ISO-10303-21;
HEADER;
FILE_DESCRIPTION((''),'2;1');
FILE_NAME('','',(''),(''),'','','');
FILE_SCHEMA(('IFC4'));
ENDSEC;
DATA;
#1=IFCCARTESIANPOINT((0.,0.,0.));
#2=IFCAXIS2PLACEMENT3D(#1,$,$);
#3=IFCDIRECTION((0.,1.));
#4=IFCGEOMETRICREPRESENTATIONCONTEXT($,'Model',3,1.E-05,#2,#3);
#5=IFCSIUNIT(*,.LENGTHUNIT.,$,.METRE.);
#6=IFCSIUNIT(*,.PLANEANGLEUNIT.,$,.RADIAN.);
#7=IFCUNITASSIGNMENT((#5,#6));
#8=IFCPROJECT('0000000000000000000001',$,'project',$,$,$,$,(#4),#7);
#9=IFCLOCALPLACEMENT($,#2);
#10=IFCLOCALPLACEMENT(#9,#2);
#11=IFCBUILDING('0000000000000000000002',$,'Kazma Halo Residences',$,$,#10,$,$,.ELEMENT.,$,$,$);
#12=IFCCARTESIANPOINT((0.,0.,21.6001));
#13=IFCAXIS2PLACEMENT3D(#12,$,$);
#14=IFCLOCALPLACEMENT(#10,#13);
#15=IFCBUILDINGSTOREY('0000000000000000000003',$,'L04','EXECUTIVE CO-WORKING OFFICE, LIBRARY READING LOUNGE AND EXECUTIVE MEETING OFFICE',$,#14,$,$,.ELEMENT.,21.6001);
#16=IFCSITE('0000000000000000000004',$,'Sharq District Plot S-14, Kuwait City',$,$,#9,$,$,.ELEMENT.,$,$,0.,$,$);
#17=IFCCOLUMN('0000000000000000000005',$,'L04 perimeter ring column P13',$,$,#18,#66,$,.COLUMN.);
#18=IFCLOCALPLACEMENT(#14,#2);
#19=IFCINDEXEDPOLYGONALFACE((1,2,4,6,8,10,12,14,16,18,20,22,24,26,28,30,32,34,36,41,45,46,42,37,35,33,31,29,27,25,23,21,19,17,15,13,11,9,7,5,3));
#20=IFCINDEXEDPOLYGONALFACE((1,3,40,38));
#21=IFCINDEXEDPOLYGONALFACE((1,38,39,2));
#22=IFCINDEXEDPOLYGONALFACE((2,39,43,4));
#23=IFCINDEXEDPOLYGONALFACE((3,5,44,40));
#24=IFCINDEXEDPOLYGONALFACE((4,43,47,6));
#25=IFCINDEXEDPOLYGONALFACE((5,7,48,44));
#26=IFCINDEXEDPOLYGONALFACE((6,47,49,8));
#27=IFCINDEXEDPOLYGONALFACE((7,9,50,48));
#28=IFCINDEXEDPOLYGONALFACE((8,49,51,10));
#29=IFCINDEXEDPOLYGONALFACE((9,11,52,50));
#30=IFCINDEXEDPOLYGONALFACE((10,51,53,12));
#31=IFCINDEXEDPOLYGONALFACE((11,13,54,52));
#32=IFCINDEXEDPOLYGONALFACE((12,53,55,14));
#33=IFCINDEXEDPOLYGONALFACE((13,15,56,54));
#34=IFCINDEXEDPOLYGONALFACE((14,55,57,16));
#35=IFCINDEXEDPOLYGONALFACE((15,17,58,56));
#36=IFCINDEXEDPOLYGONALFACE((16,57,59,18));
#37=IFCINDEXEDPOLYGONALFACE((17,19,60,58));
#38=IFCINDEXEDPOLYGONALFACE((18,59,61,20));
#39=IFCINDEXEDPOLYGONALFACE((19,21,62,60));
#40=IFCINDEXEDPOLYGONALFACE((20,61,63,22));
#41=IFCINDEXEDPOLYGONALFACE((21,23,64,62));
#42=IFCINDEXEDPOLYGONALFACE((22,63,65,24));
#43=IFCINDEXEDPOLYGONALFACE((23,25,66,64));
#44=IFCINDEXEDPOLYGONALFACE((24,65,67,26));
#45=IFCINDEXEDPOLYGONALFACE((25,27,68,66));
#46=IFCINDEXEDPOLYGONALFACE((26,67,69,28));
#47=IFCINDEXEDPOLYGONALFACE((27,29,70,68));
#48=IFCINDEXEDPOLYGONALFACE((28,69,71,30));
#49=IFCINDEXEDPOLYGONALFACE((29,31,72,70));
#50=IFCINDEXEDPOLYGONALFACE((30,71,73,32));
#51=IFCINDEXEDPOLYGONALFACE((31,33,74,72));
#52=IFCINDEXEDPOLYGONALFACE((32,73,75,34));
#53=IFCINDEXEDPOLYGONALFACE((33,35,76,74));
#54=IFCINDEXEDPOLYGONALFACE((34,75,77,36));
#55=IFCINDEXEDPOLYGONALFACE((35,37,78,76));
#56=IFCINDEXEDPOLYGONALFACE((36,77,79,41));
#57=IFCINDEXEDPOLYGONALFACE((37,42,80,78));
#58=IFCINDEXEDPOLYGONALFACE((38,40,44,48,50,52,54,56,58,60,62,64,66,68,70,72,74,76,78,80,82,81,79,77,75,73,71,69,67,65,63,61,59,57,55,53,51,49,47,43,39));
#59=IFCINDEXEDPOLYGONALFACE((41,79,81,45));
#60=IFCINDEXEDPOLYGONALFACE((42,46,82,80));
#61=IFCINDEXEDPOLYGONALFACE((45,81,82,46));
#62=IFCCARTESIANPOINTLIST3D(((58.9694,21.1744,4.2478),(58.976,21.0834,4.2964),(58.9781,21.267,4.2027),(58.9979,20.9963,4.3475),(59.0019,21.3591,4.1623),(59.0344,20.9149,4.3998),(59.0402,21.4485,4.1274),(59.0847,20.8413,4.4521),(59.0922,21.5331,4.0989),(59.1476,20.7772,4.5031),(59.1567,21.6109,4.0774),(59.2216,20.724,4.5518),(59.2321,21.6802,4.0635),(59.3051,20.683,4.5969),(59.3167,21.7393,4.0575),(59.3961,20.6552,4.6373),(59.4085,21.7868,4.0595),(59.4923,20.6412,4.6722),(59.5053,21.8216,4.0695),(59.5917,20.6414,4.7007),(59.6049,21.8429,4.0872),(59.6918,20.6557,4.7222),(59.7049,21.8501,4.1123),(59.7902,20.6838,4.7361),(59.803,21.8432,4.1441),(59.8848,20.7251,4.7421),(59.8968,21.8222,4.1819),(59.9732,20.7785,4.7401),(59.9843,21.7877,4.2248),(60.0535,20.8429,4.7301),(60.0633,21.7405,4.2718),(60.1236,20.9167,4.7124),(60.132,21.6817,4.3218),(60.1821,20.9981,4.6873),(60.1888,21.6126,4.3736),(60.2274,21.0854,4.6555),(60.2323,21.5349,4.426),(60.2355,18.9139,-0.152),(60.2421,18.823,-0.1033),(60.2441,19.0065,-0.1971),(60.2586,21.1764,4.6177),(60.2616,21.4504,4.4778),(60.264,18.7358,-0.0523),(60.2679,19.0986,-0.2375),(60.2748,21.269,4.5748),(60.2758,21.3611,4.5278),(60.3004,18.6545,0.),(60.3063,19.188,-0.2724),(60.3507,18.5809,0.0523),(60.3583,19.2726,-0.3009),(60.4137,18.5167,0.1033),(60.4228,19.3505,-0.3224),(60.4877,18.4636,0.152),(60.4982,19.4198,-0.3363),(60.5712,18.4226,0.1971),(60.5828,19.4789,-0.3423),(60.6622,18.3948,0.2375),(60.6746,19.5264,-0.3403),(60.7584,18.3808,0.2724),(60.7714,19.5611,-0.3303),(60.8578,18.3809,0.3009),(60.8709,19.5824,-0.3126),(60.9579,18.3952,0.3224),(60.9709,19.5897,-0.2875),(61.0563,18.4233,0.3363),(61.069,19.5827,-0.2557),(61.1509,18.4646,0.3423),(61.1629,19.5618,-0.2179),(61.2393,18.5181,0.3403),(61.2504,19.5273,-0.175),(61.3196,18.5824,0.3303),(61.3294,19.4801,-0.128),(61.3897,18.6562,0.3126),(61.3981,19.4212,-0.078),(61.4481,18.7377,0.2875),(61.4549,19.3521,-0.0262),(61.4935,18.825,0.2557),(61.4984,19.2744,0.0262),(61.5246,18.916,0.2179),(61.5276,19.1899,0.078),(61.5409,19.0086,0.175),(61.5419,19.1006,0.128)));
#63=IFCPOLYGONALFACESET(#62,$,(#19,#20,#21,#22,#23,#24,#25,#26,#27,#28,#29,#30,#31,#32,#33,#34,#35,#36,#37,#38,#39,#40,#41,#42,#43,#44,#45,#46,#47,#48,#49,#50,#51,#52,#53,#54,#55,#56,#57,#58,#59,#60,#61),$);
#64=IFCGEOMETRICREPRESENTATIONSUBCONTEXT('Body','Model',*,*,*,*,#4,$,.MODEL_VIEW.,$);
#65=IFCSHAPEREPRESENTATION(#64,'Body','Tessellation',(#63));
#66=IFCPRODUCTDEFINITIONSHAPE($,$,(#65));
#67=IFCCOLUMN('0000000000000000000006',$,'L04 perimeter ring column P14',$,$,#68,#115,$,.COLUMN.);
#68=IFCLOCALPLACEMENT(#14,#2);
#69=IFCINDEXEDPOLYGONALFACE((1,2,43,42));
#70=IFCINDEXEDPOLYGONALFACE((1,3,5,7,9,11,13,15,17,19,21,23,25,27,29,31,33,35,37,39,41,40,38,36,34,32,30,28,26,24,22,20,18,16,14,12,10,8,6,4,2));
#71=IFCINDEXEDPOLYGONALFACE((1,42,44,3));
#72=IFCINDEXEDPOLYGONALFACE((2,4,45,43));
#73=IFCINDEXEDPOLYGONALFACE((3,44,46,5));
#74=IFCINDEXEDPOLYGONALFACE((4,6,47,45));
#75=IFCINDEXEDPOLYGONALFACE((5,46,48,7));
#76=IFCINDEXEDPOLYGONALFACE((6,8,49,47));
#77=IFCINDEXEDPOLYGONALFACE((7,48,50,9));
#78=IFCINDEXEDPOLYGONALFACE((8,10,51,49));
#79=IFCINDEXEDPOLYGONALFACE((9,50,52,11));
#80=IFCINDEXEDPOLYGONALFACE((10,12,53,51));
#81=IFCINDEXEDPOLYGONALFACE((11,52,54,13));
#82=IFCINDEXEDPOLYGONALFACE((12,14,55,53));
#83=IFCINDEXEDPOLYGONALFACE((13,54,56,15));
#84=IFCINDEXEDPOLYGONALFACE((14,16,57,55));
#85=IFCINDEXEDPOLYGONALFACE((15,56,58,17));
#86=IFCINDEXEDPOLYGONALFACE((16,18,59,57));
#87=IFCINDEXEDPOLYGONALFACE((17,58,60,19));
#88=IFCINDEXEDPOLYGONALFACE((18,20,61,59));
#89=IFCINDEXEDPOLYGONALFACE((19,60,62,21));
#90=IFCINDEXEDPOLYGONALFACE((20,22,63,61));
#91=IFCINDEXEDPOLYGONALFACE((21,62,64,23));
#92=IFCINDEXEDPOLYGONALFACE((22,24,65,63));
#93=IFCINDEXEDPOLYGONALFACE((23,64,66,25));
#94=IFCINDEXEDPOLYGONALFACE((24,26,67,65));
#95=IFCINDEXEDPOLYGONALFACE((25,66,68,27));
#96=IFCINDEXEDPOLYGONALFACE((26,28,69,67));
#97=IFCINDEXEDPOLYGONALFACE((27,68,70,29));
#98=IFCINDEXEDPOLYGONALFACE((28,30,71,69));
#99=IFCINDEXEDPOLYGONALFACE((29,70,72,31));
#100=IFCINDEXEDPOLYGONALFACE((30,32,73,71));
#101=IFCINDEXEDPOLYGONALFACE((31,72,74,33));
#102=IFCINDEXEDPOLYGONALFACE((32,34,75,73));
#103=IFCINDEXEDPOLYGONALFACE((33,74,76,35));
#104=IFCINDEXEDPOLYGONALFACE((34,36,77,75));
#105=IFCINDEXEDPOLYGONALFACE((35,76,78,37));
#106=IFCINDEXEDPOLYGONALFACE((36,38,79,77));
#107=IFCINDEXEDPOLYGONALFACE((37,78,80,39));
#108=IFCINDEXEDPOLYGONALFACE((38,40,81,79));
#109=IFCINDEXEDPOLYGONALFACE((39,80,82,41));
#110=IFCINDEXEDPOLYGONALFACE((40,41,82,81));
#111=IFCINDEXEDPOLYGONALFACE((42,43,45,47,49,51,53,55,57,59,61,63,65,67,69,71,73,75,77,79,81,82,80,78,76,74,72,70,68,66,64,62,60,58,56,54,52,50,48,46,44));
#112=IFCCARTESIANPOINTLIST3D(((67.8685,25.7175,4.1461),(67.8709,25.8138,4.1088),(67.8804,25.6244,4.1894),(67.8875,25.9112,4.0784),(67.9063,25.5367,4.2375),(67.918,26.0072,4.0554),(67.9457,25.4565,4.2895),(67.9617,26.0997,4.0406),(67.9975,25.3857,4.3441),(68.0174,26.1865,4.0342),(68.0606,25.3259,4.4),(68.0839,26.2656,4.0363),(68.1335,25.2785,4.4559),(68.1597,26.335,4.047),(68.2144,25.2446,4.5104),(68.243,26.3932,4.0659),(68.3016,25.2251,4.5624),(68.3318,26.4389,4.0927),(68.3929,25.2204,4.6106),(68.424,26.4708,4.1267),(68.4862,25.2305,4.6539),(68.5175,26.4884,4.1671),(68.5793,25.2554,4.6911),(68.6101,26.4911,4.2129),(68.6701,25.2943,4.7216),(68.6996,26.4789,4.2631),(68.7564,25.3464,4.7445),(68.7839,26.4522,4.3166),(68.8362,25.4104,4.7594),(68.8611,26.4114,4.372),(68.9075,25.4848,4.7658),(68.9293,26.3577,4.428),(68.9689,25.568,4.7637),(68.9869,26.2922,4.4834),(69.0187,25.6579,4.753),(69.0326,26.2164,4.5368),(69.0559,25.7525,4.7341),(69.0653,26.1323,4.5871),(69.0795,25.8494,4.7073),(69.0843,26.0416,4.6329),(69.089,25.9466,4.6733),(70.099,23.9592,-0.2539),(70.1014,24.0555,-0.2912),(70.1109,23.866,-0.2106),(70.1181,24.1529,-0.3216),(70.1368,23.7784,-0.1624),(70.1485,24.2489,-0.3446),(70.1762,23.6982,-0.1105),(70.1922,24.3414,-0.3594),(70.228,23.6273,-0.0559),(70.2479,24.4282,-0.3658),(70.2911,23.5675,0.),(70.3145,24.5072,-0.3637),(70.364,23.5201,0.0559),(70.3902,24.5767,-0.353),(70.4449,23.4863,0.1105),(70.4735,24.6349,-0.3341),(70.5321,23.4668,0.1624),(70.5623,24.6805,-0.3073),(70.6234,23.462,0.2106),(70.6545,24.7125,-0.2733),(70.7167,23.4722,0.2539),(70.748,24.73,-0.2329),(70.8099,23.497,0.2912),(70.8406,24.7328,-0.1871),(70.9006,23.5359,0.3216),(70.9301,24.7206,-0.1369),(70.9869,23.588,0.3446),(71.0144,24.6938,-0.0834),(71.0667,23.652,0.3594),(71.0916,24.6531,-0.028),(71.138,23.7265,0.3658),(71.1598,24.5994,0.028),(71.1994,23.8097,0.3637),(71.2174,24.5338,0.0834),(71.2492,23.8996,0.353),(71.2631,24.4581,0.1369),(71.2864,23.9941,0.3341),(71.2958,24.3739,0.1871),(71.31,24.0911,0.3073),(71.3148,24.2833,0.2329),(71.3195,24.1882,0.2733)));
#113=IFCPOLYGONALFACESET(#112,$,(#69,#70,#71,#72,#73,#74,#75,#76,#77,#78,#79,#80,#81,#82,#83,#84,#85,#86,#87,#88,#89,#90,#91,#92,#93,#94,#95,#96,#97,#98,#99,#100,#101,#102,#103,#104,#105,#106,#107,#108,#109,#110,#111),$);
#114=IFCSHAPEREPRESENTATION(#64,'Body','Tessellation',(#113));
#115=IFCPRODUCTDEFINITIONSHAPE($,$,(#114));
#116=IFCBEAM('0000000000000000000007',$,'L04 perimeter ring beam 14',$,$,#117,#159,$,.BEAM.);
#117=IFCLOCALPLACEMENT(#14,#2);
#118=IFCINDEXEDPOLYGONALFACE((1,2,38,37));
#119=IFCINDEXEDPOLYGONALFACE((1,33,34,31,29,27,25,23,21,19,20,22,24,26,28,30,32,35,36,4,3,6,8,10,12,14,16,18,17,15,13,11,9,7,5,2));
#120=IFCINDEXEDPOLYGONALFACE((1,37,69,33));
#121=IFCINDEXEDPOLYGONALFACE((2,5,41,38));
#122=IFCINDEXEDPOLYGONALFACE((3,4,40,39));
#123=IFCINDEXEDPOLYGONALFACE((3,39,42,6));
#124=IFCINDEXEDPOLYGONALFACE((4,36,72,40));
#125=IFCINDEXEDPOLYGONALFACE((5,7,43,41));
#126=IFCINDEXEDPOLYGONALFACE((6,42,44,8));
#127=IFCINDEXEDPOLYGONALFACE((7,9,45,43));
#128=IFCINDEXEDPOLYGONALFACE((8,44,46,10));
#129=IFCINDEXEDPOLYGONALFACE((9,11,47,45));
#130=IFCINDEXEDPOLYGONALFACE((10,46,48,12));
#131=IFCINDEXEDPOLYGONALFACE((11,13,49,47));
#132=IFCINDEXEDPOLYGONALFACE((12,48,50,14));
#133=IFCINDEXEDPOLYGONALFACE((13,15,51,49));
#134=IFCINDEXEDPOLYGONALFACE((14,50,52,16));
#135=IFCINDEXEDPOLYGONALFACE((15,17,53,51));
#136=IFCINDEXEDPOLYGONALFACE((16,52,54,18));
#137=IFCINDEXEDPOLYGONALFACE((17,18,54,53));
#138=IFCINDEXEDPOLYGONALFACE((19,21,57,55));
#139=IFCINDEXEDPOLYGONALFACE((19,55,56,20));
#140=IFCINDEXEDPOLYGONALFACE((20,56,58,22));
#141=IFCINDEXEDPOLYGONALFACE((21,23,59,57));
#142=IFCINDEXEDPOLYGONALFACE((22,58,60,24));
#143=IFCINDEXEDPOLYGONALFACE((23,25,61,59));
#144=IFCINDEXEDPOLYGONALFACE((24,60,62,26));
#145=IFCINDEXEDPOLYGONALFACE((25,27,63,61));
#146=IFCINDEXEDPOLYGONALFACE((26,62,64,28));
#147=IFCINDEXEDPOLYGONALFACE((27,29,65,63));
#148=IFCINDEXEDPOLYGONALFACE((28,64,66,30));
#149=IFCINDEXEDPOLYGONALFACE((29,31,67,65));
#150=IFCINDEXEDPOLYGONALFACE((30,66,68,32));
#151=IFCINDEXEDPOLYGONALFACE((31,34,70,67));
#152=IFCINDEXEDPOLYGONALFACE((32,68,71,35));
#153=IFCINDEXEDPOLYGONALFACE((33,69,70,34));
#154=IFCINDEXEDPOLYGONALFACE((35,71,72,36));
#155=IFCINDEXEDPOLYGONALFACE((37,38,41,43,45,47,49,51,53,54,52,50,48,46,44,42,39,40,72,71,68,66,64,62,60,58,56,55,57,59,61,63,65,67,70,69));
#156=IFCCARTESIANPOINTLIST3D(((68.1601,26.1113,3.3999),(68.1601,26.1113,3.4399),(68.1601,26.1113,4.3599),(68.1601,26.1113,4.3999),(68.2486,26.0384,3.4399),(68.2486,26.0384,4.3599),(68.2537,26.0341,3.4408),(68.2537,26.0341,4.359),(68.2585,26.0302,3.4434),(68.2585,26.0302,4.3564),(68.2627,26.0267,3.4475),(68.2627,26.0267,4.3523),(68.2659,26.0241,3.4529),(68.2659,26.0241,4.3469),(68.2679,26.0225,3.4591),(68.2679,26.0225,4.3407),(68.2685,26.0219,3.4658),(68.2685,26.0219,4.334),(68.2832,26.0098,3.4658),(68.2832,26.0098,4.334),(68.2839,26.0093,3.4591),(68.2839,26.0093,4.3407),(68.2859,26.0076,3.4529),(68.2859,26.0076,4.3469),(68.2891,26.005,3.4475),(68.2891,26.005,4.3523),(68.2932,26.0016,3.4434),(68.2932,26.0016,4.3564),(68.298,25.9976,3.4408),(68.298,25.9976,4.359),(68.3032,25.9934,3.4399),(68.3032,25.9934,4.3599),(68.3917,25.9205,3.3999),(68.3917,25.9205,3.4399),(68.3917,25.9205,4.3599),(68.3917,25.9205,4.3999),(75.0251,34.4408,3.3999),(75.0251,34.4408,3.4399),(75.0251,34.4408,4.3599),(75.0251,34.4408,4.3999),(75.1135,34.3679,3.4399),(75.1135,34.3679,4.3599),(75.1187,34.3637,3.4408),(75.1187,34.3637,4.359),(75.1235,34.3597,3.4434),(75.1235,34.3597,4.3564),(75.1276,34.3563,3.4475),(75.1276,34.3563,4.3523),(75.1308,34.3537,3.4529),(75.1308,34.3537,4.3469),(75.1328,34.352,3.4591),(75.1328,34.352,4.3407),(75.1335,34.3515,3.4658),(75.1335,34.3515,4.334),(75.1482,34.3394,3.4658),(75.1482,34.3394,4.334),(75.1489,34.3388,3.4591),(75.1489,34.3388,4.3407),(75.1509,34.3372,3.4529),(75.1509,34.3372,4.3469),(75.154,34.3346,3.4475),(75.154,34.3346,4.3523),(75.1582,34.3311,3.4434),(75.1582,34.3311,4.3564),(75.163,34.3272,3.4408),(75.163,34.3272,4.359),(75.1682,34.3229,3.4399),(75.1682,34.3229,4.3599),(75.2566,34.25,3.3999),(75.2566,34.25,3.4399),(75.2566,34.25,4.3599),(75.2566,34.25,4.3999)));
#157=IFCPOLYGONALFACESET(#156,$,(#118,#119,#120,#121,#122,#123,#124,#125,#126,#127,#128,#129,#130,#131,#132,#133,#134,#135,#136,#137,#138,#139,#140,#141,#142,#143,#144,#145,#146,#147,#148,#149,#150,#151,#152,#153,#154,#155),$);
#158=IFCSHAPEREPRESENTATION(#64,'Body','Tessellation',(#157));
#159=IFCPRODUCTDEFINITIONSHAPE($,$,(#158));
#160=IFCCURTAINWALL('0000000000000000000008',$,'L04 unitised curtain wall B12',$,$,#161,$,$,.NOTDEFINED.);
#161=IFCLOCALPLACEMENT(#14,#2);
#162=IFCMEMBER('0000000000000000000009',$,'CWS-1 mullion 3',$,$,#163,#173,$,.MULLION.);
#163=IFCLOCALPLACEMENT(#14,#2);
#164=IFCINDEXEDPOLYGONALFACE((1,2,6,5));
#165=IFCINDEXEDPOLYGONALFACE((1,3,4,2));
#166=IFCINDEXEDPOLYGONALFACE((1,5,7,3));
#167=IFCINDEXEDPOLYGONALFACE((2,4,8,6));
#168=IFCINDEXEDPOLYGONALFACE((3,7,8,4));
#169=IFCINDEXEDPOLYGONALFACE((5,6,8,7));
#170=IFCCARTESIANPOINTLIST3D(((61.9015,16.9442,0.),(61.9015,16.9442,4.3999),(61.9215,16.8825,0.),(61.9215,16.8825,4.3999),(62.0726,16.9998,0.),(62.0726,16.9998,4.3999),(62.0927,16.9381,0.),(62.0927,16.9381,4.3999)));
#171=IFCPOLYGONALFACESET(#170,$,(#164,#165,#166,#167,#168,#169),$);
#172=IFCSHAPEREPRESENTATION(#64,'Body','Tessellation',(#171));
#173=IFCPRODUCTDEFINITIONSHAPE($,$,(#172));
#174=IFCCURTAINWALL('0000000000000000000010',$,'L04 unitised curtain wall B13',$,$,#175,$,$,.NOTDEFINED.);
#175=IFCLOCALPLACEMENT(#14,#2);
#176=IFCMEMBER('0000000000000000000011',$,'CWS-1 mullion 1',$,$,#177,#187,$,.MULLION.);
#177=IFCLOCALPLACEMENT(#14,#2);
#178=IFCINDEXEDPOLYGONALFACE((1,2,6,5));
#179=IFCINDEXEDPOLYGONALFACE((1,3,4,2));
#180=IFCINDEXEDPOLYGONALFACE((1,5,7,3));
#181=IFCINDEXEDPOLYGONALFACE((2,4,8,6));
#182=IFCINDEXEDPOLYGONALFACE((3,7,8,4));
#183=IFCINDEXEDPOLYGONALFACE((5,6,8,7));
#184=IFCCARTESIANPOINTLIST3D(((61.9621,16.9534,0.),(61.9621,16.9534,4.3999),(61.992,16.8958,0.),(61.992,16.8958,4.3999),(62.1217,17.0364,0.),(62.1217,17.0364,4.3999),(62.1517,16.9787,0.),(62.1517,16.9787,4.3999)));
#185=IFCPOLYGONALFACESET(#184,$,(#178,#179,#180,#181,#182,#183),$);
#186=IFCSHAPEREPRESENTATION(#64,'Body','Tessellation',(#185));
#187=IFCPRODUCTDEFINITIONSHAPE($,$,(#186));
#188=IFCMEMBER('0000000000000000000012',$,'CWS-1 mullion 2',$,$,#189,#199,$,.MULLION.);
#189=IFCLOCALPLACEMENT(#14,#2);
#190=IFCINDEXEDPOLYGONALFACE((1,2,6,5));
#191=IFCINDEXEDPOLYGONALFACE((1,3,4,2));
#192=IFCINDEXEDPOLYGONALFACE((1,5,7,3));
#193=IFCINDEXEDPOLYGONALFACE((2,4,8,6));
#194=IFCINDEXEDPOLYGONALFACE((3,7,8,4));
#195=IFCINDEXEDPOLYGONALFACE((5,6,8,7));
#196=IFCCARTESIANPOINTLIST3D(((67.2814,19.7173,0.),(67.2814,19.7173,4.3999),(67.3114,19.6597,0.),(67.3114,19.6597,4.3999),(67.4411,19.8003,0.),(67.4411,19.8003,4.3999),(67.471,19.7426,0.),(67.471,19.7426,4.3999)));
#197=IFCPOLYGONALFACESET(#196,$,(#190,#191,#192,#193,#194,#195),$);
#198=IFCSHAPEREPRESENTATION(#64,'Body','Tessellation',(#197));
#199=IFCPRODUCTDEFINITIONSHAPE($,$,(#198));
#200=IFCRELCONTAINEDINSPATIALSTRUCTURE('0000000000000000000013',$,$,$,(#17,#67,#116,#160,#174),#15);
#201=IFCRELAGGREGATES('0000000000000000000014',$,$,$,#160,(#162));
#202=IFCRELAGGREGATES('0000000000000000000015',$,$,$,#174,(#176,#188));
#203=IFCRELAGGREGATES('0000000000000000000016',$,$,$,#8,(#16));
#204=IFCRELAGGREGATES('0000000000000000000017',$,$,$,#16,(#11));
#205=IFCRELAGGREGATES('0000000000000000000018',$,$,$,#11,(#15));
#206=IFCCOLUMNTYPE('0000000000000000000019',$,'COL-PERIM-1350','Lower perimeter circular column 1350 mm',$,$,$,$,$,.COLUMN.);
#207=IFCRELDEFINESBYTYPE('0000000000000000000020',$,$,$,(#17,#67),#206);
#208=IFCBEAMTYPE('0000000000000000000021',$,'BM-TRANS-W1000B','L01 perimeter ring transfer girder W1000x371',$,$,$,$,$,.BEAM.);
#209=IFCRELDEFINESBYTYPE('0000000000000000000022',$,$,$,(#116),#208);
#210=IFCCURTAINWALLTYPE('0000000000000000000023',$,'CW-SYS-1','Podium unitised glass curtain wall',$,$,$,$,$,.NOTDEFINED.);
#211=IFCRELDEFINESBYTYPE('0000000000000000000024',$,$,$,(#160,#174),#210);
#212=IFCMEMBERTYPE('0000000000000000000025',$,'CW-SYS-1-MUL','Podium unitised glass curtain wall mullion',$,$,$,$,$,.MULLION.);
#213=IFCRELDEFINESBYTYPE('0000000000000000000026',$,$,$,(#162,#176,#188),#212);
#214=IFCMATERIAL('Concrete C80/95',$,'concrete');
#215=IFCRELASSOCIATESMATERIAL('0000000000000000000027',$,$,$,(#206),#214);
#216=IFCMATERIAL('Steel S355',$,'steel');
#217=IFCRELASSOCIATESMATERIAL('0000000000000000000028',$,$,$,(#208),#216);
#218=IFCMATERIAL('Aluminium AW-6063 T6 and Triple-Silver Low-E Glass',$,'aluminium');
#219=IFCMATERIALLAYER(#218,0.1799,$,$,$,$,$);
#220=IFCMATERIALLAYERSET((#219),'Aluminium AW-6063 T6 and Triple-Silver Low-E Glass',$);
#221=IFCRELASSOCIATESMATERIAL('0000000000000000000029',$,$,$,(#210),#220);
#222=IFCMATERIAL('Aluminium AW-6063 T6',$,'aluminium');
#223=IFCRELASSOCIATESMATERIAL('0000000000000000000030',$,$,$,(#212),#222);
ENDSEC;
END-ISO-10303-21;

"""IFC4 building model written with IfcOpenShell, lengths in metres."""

from ifc_helpers import new_model, si_unit, direction, frame, origin, origin_2d, place, context, subcontext, project, spatial, rectangle, circle, i_section, extrude, material, layer, layer_set, material_profile, profile_set, type_object, element, aggregate, save


model = new_model("IFC4")

# Units and contexts
model_context = context("Model", 3, precision=1e-05, world=origin(), true_north=direction((0.0, 1.0)))
body_context = subcontext(model_context, "Body", "Model", "MODEL_VIEW")
ifc_project = project(units=[si_unit("LENGTHUNIT", "METRE"), si_unit("PLANEANGLEUNIT", "RADIAN")], contexts=[model_context])

# Site, building, storey
site_placement = place(None, origin())
site = spatial("IfcSite", under=ifc_project, at=site_placement, Name="Sharq District Plot S-14, Kuwait City", CompositionType="ELEMENT", RefElevation=0.0)
building_placement = place(site_placement, origin())
building = spatial("IfcBuilding", under=site, at=building_placement, Name="Kazma Halo Residences", CompositionType="ELEMENT")
storey_placement = place(building_placement, frame((0.0, 0.0, 21.6001)))
storey = spatial("IfcBuildingStorey", under=building, at=storey_placement, Name="L04", Description="EXECUTIVE CO-WORKING OFFICE, LIBRARY READING LOUNGE AND EXECUTIVE MEETING OFFICE", CompositionType="ELEMENT", Elevation=21.6001)

# Columns
ifc_material_1 = material(Name="Concrete C80/95", Category="concrete")
ifc_material_profile_1 = material_profile(ifc_material_1, circle(Radius=0.675, at=origin_2d()), Name="CIRC1350")
ifc_profile_set_1 = profile_set([ifc_material_profile_1], Name="Concrete C80/95")
column_type = type_object("IfcColumnType", Name="COL-PERIM-1350", Description="Lower perimeter circular column 1350 mm", PredefinedType="COLUMN", material=ifc_profile_set_1)
column_1_placement = place(storey_placement, frame((60.8894, 18.9844, 0.0), z_axis=(-0.247962, 0.442707, 0.861699), x_axis=(-0.872467, -0.488672, 0.0)))
element("IfcColumn", 1, at=column_1_placement, inside=storey, type_object=column_type, Name="L04 perimeter ring column P13", PredefinedType="COLUMN", context=body_context, shape_type="SweptSolid", body=[
    extrude(circle(Radius=0.675, at=origin_2d()), origin(), (0.0, 0.0, 1.0), 5.106),
])
column_2_placement = place(storey_placement, frame((70.709, 24.0977, 0.0), z_axis=(-0.425909, 0.335748, 0.840163), x_axis=(-0.619081, -0.785327, 0.0)))
element("IfcColumn", 2, at=column_2_placement, inside=storey, type_object=column_type, Name="L04 perimeter ring column P14", PredefinedType="COLUMN", context=body_context, shape_type="SweptSolid", body=[
    extrude(circle(Radius=0.675, at=origin_2d()), origin(), (0.0, 0.0, 1.0), 5.2371),
])

# Beam
ifc_material_2 = material(Name="Steel S355", Category="steel")
ifc_material_profile_2 = material_profile(ifc_material_2, i_section(OverallWidth=0.3, OverallDepth=1.0, WebThickness=0.019, FlangeThickness=0.04, FilletRadius=0.0259, at=origin_2d()), Name="W1000x371")
ifc_profile_set_2 = profile_set([ifc_material_profile_2], Name="Steel S355")
beam_type = type_object("IfcBeamType", Name="BM-TRANS-W1000B", Description="L01 perimeter ring transfer girder W1000x371", PredefinedType="BEAM", material=ifc_profile_set_2)
beam_placement = place(storey_placement, frame((68.2759, 26.0159, 3.8999), z_axis=(0.636001, 0.771688, 0.0), x_axis=(-0.771688, 0.636001, 0.0)))
element("IfcBeam", 3, at=beam_placement, inside=storey, type_object=beam_type, Name="L04 perimeter ring beam 14", PredefinedType="BEAM", context=body_context, shape_type="SweptSolid", body=[
    extrude(i_section(OverallWidth=0.3, OverallDepth=1.0, WebThickness=0.019, FlangeThickness=0.04, FilletRadius=0.0259, at=origin_2d()), origin(), (0.0, 0.0, 1.0), 10.7939),
])

# Curtain wall, member
ifc_material_3 = material(Name="Aluminium AW-6063 T6 and Triple-Silver Low-E Glass", Category="aluminium")
ifc_layer_1 = layer(ifc_material_3, 0.1799)
ifc_layer_set_1 = layer_set([ifc_layer_1], Name="Aluminium AW-6063 T6 and Triple-Silver Low-E Glass")
curtain_wall_type = type_object("IfcCurtainWallType", Name="CW-SYS-1", Description="Podium unitised glass curtain wall", PredefinedType="NOTDEFINED", material=ifc_layer_set_1)
curtain_wall_1_placement = place(storey_placement, origin())
curtain_wall_1 = element("IfcCurtainWall", 4, at=curtain_wall_1_placement, inside=storey, type_object=curtain_wall_type, Name="L04 unitised curtain wall B12", PredefinedType="NOTDEFINED")
ifc_material_4 = material(Name="Aluminium AW-6063 T6", Category="aluminium")
ifc_material_profile_3 = material_profile(ifc_material_4, rectangle(XDim=0.0649, YDim=0.1799, at=origin_2d()), Name="CWM-65x180")
ifc_profile_set_3 = profile_set([ifc_material_profile_3], Name="Aluminium AW-6063 T6")
member_type_1 = type_object("IfcMemberType", Name="CW-SYS-1-MUL", Description="Podium unitised glass curtain wall mullion", PredefinedType="MULLION", material=ifc_profile_set_3)
member_1_placement = place(storey_placement, frame((61.9971, 16.9412, 0.0), z_axis=(0.0, 0.0, 1.0), x_axis=(-0.309017, 0.951056, 0.0)))
member_1 = element("IfcMember", 5, at=member_1_placement, type_object=member_type_1, Name="CWS-1 mullion 3", PredefinedType="MULLION", context=body_context, shape_type="SweptSolid", body=[
    extrude(rectangle(XDim=0.0649, YDim=0.1799, at=origin_2d()), origin(), (0.0, 0.0, 1.0), 4.3999),
])
aggregate(curtain_wall_1, [member_1])

# Curtain wall, members
curtain_wall_2_placement = place(storey_placement, origin())
curtain_wall_2 = element("IfcCurtainWall", 6, at=curtain_wall_2_placement, inside=storey, type_object=curtain_wall_type, Name="L04 unitised curtain wall B13", PredefinedType="NOTDEFINED")
member_2_placement = place(storey_placement, frame((62.0569, 16.9661, 0.0), z_axis=(0.0, 0.0, 1.0), x_axis=(-0.461087, 0.887355, 0.0)))
member_2 = element("IfcMember", 7, at=member_2_placement, type_object=member_type_1, Name="CWS-1 mullion 1", PredefinedType="MULLION", context=body_context, shape_type="SweptSolid", body=[
    extrude(rectangle(XDim=0.0649, YDim=0.1799, at=origin_2d()), origin(), (0.0, 0.0, 1.0), 4.3999),
])
member_3_placement = place(storey_placement, frame((67.3762, 19.73, 0.0), z_axis=(0.0, 0.0, 1.0), x_axis=(-0.461087, 0.887355, 0.0)))
member_3 = element("IfcMember", 8, at=member_3_placement, type_object=member_type_1, Name="CWS-1 mullion 2", PredefinedType="MULLION", context=body_context, shape_type="SweptSolid", body=[
    extrude(rectangle(XDim=0.0649, YDim=0.1799, at=origin_2d()), origin(), (0.0, 0.0, 1.0), 4.3999),
])

aggregate(curtain_wall_2, [member_2, member_3])

save(model, "model.ifc")
